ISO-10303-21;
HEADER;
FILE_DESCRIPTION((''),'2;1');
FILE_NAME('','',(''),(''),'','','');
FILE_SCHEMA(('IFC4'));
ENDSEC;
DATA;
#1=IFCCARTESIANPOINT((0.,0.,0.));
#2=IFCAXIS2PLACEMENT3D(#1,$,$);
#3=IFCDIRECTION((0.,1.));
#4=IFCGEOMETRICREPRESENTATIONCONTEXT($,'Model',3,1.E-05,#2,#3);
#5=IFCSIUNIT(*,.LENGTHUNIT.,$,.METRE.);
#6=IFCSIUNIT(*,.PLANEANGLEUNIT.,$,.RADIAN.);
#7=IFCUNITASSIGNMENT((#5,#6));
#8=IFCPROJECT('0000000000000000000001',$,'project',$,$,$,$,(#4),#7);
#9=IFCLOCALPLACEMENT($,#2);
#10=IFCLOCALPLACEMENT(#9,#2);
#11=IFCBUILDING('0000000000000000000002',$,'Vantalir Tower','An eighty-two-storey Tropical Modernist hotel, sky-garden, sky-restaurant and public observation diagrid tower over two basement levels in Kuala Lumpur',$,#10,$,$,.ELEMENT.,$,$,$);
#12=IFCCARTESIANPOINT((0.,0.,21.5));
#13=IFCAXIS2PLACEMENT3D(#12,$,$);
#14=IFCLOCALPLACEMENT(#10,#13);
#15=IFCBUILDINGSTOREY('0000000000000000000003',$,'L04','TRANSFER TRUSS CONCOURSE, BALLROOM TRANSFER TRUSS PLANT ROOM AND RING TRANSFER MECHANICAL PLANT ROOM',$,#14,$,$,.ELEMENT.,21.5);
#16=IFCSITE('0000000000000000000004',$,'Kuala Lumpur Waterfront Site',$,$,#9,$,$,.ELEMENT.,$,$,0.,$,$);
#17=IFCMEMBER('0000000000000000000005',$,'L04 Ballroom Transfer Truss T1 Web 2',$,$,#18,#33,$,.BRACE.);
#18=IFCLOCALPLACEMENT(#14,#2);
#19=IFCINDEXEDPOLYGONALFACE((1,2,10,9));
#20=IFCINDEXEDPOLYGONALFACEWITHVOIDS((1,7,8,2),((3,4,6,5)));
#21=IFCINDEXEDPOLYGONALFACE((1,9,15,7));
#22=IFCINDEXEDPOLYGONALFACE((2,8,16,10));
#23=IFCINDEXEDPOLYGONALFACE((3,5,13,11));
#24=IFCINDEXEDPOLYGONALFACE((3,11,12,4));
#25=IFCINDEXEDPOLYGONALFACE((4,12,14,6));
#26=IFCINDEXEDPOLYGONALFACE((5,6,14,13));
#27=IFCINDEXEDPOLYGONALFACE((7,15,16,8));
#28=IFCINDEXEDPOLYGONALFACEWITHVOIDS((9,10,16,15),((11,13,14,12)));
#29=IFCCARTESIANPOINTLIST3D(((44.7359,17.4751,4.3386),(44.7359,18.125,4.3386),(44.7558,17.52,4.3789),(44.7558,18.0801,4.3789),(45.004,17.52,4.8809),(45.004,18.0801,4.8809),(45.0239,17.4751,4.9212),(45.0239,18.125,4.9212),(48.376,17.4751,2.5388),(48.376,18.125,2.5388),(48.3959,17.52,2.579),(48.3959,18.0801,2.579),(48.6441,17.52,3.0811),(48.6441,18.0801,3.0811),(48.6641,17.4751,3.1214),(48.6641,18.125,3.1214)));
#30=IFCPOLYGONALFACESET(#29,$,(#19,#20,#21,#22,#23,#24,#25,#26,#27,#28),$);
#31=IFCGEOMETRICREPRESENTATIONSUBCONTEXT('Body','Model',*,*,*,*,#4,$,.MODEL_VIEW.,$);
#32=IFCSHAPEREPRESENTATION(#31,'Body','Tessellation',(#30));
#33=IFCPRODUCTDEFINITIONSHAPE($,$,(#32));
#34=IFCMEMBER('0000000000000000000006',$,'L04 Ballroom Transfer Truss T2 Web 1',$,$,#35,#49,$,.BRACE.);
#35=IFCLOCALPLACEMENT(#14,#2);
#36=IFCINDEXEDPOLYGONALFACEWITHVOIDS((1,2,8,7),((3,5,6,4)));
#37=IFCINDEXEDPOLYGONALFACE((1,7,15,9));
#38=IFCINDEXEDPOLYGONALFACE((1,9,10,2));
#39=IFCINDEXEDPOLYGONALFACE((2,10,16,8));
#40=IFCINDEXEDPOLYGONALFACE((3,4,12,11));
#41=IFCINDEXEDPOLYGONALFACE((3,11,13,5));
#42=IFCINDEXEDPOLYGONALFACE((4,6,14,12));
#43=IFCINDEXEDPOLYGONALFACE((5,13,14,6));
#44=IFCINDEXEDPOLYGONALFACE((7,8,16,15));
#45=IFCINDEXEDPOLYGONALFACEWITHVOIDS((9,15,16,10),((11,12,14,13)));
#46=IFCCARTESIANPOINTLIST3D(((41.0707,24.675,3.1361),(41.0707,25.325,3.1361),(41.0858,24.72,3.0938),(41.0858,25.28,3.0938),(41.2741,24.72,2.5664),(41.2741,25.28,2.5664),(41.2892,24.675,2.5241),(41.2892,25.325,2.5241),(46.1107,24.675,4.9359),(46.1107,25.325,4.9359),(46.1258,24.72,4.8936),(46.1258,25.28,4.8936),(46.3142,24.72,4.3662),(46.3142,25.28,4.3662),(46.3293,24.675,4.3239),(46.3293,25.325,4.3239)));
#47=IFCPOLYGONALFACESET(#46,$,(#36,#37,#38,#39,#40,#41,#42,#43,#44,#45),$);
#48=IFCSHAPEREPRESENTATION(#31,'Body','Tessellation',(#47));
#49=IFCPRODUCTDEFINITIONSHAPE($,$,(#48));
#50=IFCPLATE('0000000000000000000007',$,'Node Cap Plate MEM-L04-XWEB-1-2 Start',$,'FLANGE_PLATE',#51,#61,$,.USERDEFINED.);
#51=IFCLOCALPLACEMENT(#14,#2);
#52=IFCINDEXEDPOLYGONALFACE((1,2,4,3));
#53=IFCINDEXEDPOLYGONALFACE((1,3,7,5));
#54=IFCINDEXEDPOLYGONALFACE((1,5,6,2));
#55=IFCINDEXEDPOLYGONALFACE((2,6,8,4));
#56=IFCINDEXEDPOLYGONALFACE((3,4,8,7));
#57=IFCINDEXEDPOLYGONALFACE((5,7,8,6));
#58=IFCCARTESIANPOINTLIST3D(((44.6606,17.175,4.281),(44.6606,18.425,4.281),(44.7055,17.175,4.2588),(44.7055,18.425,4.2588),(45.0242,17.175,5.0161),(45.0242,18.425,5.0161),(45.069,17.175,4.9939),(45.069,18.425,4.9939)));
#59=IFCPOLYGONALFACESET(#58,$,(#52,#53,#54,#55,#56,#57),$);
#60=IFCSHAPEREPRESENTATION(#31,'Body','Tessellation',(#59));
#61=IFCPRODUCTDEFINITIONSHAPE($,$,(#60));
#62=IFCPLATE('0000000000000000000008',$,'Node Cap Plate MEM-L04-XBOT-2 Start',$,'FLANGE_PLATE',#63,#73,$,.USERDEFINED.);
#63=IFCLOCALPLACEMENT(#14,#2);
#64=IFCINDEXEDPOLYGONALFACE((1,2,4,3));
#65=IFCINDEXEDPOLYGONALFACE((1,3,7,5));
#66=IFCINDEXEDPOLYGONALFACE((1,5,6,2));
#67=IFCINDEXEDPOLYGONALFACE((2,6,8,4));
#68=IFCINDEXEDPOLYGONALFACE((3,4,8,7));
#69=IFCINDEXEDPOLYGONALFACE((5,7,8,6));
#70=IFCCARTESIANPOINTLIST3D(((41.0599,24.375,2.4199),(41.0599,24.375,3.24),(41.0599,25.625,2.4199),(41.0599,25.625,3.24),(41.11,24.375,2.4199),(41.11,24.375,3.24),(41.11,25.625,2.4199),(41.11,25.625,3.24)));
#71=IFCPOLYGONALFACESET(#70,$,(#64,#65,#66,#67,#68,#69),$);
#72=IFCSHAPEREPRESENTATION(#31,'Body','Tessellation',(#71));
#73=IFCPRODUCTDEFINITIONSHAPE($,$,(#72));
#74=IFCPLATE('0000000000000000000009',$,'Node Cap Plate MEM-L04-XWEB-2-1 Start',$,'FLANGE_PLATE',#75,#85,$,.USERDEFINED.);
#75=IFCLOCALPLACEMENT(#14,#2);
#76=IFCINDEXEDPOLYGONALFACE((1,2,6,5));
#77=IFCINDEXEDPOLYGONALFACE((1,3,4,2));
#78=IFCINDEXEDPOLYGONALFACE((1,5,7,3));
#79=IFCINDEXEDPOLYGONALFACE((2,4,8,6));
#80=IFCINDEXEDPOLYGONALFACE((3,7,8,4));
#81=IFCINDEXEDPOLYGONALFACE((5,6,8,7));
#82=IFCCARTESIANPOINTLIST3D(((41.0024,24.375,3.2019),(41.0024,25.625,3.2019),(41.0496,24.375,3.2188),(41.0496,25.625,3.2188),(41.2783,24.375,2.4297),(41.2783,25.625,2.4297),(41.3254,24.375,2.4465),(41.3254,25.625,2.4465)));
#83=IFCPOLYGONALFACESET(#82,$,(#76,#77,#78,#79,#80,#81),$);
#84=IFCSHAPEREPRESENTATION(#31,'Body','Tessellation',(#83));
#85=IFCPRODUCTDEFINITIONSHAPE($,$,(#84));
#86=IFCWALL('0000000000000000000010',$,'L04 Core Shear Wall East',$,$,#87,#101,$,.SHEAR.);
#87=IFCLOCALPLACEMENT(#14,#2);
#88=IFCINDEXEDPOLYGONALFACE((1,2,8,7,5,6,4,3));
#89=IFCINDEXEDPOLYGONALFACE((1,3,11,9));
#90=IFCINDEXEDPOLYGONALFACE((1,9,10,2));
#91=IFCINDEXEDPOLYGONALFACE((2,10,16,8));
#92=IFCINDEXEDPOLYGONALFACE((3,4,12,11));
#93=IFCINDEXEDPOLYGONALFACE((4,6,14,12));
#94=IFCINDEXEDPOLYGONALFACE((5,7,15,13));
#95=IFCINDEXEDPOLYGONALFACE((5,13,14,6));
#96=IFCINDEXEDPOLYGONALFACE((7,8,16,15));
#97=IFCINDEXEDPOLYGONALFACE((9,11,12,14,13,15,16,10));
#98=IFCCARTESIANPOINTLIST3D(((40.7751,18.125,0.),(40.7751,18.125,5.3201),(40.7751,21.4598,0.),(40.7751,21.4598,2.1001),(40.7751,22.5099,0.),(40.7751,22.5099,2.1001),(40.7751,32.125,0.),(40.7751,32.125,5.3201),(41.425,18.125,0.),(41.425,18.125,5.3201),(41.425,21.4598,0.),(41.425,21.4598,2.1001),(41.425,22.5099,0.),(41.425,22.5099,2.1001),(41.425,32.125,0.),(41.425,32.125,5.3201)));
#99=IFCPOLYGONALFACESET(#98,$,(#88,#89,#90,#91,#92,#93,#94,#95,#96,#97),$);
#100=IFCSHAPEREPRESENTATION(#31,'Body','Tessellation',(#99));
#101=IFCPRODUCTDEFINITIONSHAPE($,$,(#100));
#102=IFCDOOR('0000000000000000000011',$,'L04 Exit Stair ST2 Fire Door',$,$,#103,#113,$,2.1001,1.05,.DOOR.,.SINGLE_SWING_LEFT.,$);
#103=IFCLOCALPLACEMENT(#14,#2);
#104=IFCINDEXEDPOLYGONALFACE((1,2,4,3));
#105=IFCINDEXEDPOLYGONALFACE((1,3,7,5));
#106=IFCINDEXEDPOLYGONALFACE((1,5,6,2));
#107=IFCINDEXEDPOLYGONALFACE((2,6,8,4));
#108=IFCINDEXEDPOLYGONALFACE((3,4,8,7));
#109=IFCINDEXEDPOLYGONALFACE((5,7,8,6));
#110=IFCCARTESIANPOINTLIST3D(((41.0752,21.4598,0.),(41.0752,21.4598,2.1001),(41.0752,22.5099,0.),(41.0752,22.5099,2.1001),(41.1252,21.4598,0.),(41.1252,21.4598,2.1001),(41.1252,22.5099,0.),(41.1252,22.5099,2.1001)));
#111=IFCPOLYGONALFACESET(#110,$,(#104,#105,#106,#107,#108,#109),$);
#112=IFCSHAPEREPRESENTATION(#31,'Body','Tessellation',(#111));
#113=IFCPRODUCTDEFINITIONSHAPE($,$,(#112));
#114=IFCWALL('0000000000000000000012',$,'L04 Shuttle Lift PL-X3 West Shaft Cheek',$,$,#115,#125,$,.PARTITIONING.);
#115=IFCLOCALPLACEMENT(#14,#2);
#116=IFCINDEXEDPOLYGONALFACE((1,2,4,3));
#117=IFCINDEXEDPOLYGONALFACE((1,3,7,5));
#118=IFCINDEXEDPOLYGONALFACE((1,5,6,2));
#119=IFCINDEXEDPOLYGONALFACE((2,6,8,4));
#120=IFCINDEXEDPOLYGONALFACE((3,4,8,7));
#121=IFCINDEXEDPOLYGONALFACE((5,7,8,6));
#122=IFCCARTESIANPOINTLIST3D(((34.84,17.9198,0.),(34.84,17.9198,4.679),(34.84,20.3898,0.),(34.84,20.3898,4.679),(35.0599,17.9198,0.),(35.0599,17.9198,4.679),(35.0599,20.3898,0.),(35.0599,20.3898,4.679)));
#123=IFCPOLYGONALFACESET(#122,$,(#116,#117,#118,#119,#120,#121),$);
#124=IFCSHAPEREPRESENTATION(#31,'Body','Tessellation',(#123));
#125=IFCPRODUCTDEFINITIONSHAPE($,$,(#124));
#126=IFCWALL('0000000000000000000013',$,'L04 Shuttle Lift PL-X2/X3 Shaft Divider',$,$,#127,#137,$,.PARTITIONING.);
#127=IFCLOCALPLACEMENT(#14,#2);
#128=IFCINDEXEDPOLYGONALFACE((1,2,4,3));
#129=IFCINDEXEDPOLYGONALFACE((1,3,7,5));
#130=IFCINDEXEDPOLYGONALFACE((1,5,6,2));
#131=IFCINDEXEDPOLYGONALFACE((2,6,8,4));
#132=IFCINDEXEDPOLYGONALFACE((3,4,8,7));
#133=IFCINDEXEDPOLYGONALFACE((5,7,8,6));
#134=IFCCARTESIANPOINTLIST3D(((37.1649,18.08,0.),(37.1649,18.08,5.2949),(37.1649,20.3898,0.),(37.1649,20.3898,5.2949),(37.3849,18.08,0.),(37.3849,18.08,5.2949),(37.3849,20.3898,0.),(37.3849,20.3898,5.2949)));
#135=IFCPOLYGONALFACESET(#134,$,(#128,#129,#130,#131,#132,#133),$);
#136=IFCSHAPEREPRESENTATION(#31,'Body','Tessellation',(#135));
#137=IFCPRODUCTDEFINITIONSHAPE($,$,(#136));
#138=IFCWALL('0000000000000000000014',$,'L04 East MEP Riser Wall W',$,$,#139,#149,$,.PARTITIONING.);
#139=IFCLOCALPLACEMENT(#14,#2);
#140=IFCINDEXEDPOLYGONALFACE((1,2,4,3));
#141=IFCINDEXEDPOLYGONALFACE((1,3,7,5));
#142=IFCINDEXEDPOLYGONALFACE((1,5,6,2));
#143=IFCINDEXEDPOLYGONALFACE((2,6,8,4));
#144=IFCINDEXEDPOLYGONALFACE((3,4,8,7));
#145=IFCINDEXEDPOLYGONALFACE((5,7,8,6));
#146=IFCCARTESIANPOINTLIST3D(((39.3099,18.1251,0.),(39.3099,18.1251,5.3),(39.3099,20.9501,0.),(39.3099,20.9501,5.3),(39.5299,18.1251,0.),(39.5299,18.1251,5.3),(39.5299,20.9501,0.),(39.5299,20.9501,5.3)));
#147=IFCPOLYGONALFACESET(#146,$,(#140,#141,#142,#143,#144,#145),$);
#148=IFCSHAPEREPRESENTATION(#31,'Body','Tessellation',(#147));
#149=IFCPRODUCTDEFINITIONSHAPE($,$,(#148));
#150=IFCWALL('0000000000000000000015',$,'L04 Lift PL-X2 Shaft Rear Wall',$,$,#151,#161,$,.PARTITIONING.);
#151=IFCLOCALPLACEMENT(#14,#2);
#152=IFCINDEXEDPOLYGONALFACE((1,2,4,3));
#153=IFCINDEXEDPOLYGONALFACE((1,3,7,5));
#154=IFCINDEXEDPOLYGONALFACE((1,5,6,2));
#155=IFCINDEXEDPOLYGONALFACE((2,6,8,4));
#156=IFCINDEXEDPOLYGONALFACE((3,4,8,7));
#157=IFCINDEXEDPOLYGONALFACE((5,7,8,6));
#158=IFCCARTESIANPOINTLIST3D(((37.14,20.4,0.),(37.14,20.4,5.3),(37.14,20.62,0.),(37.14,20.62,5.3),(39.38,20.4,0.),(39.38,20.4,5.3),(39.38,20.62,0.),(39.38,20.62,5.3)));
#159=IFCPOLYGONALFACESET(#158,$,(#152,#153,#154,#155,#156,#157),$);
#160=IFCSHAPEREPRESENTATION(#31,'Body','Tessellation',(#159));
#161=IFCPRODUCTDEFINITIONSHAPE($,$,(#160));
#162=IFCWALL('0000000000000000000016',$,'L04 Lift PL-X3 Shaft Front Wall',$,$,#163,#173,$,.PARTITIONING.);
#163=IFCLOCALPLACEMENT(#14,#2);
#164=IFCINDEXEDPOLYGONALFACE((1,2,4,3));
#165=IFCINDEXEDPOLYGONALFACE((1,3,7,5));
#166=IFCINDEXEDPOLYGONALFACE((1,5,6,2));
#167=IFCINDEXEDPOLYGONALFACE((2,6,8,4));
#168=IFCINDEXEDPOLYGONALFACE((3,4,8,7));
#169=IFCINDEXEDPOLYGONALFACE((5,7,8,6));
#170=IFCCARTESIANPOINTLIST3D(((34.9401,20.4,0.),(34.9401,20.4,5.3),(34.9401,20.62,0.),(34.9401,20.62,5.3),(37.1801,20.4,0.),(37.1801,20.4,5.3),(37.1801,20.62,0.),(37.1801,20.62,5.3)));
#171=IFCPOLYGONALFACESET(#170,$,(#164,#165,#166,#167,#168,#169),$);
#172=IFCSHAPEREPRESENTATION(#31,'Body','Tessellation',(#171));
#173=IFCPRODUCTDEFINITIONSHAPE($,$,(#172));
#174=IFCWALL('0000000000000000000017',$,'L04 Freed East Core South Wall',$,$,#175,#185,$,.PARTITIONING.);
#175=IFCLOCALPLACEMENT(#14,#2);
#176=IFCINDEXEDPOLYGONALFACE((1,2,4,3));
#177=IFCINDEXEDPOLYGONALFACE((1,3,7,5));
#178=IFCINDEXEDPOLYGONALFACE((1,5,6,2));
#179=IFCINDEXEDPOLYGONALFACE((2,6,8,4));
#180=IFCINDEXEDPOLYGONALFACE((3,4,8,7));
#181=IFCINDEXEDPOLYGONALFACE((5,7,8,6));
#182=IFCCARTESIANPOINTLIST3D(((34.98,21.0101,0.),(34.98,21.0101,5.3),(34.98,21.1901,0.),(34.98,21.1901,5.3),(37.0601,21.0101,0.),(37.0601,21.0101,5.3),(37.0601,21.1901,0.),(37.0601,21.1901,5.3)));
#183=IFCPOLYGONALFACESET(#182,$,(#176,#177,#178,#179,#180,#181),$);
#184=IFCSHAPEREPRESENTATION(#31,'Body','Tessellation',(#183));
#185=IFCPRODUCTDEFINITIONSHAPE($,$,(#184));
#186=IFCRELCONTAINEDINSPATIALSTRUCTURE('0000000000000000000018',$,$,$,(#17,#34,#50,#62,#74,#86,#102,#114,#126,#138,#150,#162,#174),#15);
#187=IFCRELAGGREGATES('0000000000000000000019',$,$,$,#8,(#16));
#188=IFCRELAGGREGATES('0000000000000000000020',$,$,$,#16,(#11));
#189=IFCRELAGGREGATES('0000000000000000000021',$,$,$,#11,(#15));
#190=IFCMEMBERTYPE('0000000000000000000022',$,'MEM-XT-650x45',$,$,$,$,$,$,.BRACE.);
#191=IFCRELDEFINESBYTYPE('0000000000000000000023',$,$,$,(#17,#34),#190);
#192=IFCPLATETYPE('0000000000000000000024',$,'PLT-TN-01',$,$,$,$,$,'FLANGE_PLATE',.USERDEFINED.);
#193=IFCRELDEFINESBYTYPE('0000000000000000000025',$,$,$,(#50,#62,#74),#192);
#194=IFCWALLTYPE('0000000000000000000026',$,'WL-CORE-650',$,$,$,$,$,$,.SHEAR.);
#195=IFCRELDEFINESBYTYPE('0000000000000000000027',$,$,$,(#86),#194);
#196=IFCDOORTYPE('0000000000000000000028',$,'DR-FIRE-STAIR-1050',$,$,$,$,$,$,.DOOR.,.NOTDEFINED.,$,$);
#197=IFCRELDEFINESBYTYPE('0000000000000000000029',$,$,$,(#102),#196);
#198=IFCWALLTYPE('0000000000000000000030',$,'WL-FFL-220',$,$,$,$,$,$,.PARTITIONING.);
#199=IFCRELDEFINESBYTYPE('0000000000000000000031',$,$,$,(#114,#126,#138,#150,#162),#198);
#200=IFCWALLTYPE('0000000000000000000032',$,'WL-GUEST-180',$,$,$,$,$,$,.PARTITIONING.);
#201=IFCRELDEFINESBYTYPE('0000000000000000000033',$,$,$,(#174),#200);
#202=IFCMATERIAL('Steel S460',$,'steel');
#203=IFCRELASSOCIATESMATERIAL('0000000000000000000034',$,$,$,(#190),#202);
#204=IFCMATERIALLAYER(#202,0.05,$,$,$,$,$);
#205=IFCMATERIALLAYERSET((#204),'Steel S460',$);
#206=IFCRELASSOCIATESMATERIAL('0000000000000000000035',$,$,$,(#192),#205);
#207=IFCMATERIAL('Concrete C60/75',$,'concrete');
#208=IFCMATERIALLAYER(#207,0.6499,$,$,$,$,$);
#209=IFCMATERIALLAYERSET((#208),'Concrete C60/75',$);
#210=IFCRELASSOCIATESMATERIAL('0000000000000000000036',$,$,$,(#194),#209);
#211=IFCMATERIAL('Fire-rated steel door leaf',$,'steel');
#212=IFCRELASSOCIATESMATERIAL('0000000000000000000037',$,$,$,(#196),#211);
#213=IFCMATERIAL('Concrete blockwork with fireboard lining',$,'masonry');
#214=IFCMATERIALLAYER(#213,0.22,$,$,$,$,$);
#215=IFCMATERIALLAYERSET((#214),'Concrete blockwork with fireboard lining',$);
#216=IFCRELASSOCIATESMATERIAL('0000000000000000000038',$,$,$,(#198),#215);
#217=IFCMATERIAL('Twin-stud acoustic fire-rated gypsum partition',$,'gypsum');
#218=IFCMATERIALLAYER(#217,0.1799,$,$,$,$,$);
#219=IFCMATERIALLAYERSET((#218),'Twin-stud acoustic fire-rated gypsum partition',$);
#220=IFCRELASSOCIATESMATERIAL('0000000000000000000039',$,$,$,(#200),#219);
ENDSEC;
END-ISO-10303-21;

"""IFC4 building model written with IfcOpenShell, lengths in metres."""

from ifc_helpers import new_model, si_unit, direction, frame, frame_2d, origin, origin_2d, place, context, subcontext, project, spatial, polyline, rectangle, hollow_rectangle, outline, extrude, material, layer, layer_set, material_profile, profile_set, type_object, element, fill, save


model = new_model("IFC4")

# Units and contexts
model_context = context("Model", 3, precision=1e-05, world=origin(), true_north=direction((0.0, 1.0)))
body_context = subcontext(model_context, "Body", "Model", "MODEL_VIEW")
ifc_project = project(units=[si_unit("LENGTHUNIT", "METRE"), si_unit("PLANEANGLEUNIT", "RADIAN")], contexts=[model_context])

# Site, building, storey
site_placement = place(None, origin())
site = spatial("IfcSite", under=ifc_project, at=site_placement, Name="Kuala Lumpur Waterfront Site", CompositionType="ELEMENT", RefElevation=0.0)
building_placement = place(site_placement, origin())
building = spatial("IfcBuilding", under=site, at=building_placement, Name="Vantalir Tower", Description="An eighty-two-storey Tropical Modernist hotel, sky-garden, sky-restaurant and public observation diagrid tower over two basement levels in Kuala Lumpur", CompositionType="ELEMENT")
storey_placement = place(building_placement, frame((0.0, 0.0, 21.5)))
storey = spatial("IfcBuildingStorey", under=building, at=storey_placement, Name="L04", Description="TRANSFER TRUSS CONCOURSE, BALLROOM TRANSFER TRUSS PLANT ROOM AND RING TRANSFER MECHANICAL PLANT ROOM", CompositionType="ELEMENT", Elevation=21.5)

# Shared definitions
ifc_material_1 = material(Name="Concrete C60/75", Category="concrete")

# Shared definitions
ifc_material_2 = material(Name="Steel S460", Category="steel")

# Members
ifc_material_profile_1 = material_profile(ifc_material_2, hollow_rectangle(XDim=0.6499, YDim=0.6499, WallThickness=0.0449, at=origin_2d()), Name="Steel S460")
ifc_profile_set_1 = profile_set([ifc_material_profile_1], Name="Steel S460")
member_type_1 = type_object("IfcMemberType", Name="MEM-XT-650x45", PredefinedType="BRACE", material=ifc_profile_set_1)
member_1_placement = place(storey_placement, frame((44.8799, 17.8, 4.6299), z_axis=(0.896414, 0.0, -0.443217), x_axis=(0.0, 1.0, 0.0)))
element("IfcMember", 1, at=member_1_placement, inside=storey, type_object=member_type_1, Name="L04 Ballroom Transfer Truss T1 Web 2", PredefinedType="BRACE", context=body_context, shape_type="SweptSolid", body=[
    extrude(hollow_rectangle(XDim=0.6499, YDim=0.6499, WallThickness=0.0449, at=origin_2d()), origin(), (0.0, 0.0, 1.0), 4.0608),
])
member_2_placement = place(storey_placement, frame((41.1799, 25.0, 2.8301), z_axis=(0.941754, 0.0, 0.336302), x_axis=(0.0, 1.0, 0.0)))
element("IfcMember", 2, at=member_2_placement, inside=storey, type_object=member_type_1, Name="L04 Ballroom Transfer Truss T2 Web 1", PredefinedType="BRACE", context=body_context, shape_type="SweptSolid", body=[
    extrude(hollow_rectangle(XDim=0.6499, YDim=0.6499, WallThickness=0.0449, at=origin_2d()), origin(), (0.0, 0.0, 1.0), 5.3518),
])

# Plates
ifc_layer_1 = layer(ifc_material_2, 0.05)
ifc_layer_set_1 = layer_set([ifc_layer_1], Name="Steel S460")
plate_type = type_object("IfcPlateType", Name="PLT-TN-01", ElementType="FLANGE_PLATE", PredefinedType="USERDEFINED", material=ifc_layer_set_1)
plate_1_placement = place(storey_placement, frame((44.6606, 18.425, 4.281), z_axis=(-0.896383, 0.0, 0.44328), x_axis=(0.0, -1.0, 0.0)))
element("IfcPlate", 3, at=plate_1_placement, inside=storey, type_object=plate_type, Name="Node Cap Plate MEM-L04-XWEB-1-2 Start", ObjectType="FLANGE_PLATE", PredefinedType="USERDEFINED", context=body_context, shape_type="SweptSolid", body=[
    extrude(outline(polyline([(0.0, 0.0), (1.25, 0.0), (1.25, 0.8201), (0.0, 0.8201), (0.0, 0.0)])), origin(), (0.0, 0.0, -1.0), 0.05),
])
plate_2_placement = place(storey_placement, frame((41.085, 25.0, 2.4199), z_axis=(0.0, 0.0, 1.0), x_axis=(1.0, 0.0, 0.0)))
element("IfcPlate", 4, at=plate_2_placement, inside=storey, type_object=plate_type, Name="Node Cap Plate MEM-L04-XBOT-2 Start", ObjectType="FLANGE_PLATE", PredefinedType="USERDEFINED", context=body_context, shape_type="SweptSolid", body=[
    extrude(rectangle(XDim=0.05, YDim=1.25, at=origin_2d()), origin(), (0.0, 0.0, 1.0), 0.8201),
])
plate_3_placement = place(storey_placement, frame((41.3254, 24.375, 2.4465), z_axis=(0.941708, 0.0, 0.336431), x_axis=(0.0, 1.0, 0.0)))
element("IfcPlate", 5, at=plate_3_placement, inside=storey, type_object=plate_type, Name="Node Cap Plate MEM-L04-XWEB-2-1 Start", ObjectType="FLANGE_PLATE", PredefinedType="USERDEFINED", context=body_context, shape_type="SweptSolid", body=[
    extrude(outline(polyline([(0.0, 0.0), (1.25, 0.0), (1.25, 0.82), (0.0, 0.82), (0.0, 0.0)])), origin(), (0.0, 0.0, -1.0), 0.05),
])

# Wall, opening, door
ifc_layer_2 = layer(ifc_material_1, 0.6499)
ifc_layer_set_2 = layer_set([ifc_layer_2], Name="Concrete C60/75")
wall_type_1 = type_object("IfcWallType", Name="WL-CORE-650", PredefinedType="SHEAR", material=ifc_layer_set_2)
wall_1_placement = place(storey_placement, frame((41.1001, 18.125, 0.0), z_axis=(0.0, 0.0, 1.0), x_axis=(0.0, 1.0, 0.0)))
wall_1 = element("IfcWall", 6, at=wall_1_placement, inside=storey, type_object=wall_type_1, Name="L04 Core Shear Wall East", PredefinedType="SHEAR", context=body_context, shape_type="SweptSolid", body=[
    extrude(rectangle(XDim=14.0, YDim=0.6499, at=frame_2d((7.0, 0.0))), origin(), (0.0, 0.0, 1.0), 5.3201),
])
opening_1_placement = place(wall_1_placement, frame((3.335, 0.0, 0.0)))
opening_1 = element("IfcOpeningElement", 7, at=opening_1_placement, cuts=wall_1, PredefinedType="OPENING", context=body_context, shape_type="SweptSolid", body=[
    extrude(rectangle(XDim=1.05, YDim=2.1001, at=frame_2d((0.5249, 1.05))), frame((0.0, 0.335, 0.0), z_axis=(0.0, -1.0, 0.0), x_axis=(1.0, 0.0, 0.0)), (0.0, 0.0, 1.0), 0.6699),
])
ifc_material_3 = material(Name="Fire-rated steel door leaf", Category="steel")
door_type_1 = type_object("IfcDoorType", Name="DR-FIRE-STAIR-1050", OperationType="NOTDEFINED", PredefinedType="DOOR", material=ifc_material_3)
door_1_placement = place(opening_1_placement, origin())
door_1 = element("IfcDoor", 8, at=door_1_placement, inside=storey, type_object=door_type_1, Name="L04 Exit Stair ST2 Fire Door", OperationType="SINGLE_SWING_LEFT", OverallHeight=2.1001, OverallWidth=1.05, PredefinedType="DOOR", context=body_context, shape_type="SweptSolid", body=[
    extrude(rectangle(XDim=1.05, YDim=2.1001, at=frame_2d((0.5249, 1.05))), frame((0.0, 0.0249, 0.0), z_axis=(0.0, -1.0, 0.0), x_axis=(1.0, 0.0, 0.0)), (0.0, 0.0, 1.0), 0.05),
])
fill(opening_1, door_1)

# Walls
ifc_material_4 = material(Name="Concrete blockwork with fireboard lining", Category="masonry")
ifc_layer_3 = layer(ifc_material_4, 0.22)
ifc_layer_set_3 = layer_set([ifc_layer_3], Name="Concrete blockwork with fireboard lining")
wall_type_2 = type_object("IfcWallType", Name="WL-FFL-220", PredefinedType="PARTITIONING", material=ifc_layer_set_3)
wall_2_placement = place(storey_placement, frame((34.95, 17.9199, 0.0), z_axis=(0.0, 0.0, 1.0), x_axis=(0.0, 1.0, 0.0)))
element("IfcWall", 9, at=wall_2_placement, inside=storey, type_object=wall_type_2, Name="L04 Shuttle Lift PL-X3 West Shaft Cheek", PredefinedType="PARTITIONING", context=body_context, shape_type="SweptSolid", body=[
    extrude(rectangle(XDim=2.47, YDim=0.22, at=frame_2d((1.2349, 0.0))), origin(), (0.0, 0.0, 1.0), 4.679),
])
wall_3_placement = place(storey_placement, frame((37.2749, 18.0801, 0.0), z_axis=(0.0, 0.0, 1.0), x_axis=(0.0, 1.0, 0.0)))
element("IfcWall", 10, at=wall_3_placement, inside=storey, type_object=wall_type_2, Name="L04 Shuttle Lift PL-X2/X3 Shaft Divider", PredefinedType="PARTITIONING", context=body_context, shape_type="SweptSolid", body=[
    extrude(rectangle(XDim=2.3098, YDim=0.22, at=frame_2d((1.1548, 0.0))), origin(), (0.0, 0.0, 1.0), 5.2949),
])
wall_4_placement = place(storey_placement, frame((39.4199, 18.125, 0.0), z_axis=(0.0, 0.0, 1.0), x_axis=(0.0, 1.0, 0.0)))
element("IfcWall", 11, at=wall_4_placement, inside=storey, type_object=wall_type_2, Name="L04 East MEP Riser Wall W", PredefinedType="PARTITIONING", context=body_context, shape_type="SweptSolid", body=[
    extrude(rectangle(XDim=2.825, YDim=0.22, at=frame_2d((1.4126, 0.0))), origin(), (0.0, 0.0, 1.0), 5.3),
])
for number, where, z_axis, x_axis, name in (
    (12, (37.1399, 20.51, 0.0), (0.0, 0.0, 1.0), (1.0, 0.0, 0.0), "L04 Lift PL-X2 Shaft Rear Wall"),
    (13, (34.9399, 20.51, 0.0), (0.0, 0.0, 1.0), (1.0, 0.0, 0.0), "L04 Lift PL-X3 Shaft Front Wall"),
):
    element("IfcWall", number, at=place(storey_placement, frame(where, z_axis=z_axis, x_axis=x_axis)), inside=storey, type_object=wall_type_2, Name=name, PredefinedType="PARTITIONING", context=body_context, shape_type="SweptSolid", body=[
        extrude(rectangle(XDim=2.24, YDim=0.22, at=frame_2d((1.1201, 0.0))), origin(), (0.0, 0.0, 1.0), 5.3),
    ])
ifc_material_5 = material(Name="Twin-stud acoustic fire-rated gypsum partition", Category="gypsum")
ifc_layer_4 = layer(ifc_material_5, 0.1799)
ifc_layer_set_4 = layer_set([ifc_layer_4], Name="Twin-stud acoustic fire-rated gypsum partition")
wall_type_3 = type_object("IfcWallType", Name="WL-GUEST-180", PredefinedType="PARTITIONING", material=ifc_layer_set_4)
wall_5_placement = place(storey_placement, frame((34.98, 21.1001, 0.0), z_axis=(0.0, 0.0, 1.0), x_axis=(1.0, 0.0, 0.0)))
element("IfcWall", 14, at=wall_5_placement, inside=storey, type_object=wall_type_3, Name="L04 Freed East Core South Wall", PredefinedType="PARTITIONING", context=body_context, shape_type="SweptSolid", body=[
    extrude(rectangle(XDim=2.0801, YDim=0.1799, at=frame_2d((1.04, 0.0))), origin(), (0.0, 0.0, 1.0), 5.3),
])

save(model, "model.ifc")
